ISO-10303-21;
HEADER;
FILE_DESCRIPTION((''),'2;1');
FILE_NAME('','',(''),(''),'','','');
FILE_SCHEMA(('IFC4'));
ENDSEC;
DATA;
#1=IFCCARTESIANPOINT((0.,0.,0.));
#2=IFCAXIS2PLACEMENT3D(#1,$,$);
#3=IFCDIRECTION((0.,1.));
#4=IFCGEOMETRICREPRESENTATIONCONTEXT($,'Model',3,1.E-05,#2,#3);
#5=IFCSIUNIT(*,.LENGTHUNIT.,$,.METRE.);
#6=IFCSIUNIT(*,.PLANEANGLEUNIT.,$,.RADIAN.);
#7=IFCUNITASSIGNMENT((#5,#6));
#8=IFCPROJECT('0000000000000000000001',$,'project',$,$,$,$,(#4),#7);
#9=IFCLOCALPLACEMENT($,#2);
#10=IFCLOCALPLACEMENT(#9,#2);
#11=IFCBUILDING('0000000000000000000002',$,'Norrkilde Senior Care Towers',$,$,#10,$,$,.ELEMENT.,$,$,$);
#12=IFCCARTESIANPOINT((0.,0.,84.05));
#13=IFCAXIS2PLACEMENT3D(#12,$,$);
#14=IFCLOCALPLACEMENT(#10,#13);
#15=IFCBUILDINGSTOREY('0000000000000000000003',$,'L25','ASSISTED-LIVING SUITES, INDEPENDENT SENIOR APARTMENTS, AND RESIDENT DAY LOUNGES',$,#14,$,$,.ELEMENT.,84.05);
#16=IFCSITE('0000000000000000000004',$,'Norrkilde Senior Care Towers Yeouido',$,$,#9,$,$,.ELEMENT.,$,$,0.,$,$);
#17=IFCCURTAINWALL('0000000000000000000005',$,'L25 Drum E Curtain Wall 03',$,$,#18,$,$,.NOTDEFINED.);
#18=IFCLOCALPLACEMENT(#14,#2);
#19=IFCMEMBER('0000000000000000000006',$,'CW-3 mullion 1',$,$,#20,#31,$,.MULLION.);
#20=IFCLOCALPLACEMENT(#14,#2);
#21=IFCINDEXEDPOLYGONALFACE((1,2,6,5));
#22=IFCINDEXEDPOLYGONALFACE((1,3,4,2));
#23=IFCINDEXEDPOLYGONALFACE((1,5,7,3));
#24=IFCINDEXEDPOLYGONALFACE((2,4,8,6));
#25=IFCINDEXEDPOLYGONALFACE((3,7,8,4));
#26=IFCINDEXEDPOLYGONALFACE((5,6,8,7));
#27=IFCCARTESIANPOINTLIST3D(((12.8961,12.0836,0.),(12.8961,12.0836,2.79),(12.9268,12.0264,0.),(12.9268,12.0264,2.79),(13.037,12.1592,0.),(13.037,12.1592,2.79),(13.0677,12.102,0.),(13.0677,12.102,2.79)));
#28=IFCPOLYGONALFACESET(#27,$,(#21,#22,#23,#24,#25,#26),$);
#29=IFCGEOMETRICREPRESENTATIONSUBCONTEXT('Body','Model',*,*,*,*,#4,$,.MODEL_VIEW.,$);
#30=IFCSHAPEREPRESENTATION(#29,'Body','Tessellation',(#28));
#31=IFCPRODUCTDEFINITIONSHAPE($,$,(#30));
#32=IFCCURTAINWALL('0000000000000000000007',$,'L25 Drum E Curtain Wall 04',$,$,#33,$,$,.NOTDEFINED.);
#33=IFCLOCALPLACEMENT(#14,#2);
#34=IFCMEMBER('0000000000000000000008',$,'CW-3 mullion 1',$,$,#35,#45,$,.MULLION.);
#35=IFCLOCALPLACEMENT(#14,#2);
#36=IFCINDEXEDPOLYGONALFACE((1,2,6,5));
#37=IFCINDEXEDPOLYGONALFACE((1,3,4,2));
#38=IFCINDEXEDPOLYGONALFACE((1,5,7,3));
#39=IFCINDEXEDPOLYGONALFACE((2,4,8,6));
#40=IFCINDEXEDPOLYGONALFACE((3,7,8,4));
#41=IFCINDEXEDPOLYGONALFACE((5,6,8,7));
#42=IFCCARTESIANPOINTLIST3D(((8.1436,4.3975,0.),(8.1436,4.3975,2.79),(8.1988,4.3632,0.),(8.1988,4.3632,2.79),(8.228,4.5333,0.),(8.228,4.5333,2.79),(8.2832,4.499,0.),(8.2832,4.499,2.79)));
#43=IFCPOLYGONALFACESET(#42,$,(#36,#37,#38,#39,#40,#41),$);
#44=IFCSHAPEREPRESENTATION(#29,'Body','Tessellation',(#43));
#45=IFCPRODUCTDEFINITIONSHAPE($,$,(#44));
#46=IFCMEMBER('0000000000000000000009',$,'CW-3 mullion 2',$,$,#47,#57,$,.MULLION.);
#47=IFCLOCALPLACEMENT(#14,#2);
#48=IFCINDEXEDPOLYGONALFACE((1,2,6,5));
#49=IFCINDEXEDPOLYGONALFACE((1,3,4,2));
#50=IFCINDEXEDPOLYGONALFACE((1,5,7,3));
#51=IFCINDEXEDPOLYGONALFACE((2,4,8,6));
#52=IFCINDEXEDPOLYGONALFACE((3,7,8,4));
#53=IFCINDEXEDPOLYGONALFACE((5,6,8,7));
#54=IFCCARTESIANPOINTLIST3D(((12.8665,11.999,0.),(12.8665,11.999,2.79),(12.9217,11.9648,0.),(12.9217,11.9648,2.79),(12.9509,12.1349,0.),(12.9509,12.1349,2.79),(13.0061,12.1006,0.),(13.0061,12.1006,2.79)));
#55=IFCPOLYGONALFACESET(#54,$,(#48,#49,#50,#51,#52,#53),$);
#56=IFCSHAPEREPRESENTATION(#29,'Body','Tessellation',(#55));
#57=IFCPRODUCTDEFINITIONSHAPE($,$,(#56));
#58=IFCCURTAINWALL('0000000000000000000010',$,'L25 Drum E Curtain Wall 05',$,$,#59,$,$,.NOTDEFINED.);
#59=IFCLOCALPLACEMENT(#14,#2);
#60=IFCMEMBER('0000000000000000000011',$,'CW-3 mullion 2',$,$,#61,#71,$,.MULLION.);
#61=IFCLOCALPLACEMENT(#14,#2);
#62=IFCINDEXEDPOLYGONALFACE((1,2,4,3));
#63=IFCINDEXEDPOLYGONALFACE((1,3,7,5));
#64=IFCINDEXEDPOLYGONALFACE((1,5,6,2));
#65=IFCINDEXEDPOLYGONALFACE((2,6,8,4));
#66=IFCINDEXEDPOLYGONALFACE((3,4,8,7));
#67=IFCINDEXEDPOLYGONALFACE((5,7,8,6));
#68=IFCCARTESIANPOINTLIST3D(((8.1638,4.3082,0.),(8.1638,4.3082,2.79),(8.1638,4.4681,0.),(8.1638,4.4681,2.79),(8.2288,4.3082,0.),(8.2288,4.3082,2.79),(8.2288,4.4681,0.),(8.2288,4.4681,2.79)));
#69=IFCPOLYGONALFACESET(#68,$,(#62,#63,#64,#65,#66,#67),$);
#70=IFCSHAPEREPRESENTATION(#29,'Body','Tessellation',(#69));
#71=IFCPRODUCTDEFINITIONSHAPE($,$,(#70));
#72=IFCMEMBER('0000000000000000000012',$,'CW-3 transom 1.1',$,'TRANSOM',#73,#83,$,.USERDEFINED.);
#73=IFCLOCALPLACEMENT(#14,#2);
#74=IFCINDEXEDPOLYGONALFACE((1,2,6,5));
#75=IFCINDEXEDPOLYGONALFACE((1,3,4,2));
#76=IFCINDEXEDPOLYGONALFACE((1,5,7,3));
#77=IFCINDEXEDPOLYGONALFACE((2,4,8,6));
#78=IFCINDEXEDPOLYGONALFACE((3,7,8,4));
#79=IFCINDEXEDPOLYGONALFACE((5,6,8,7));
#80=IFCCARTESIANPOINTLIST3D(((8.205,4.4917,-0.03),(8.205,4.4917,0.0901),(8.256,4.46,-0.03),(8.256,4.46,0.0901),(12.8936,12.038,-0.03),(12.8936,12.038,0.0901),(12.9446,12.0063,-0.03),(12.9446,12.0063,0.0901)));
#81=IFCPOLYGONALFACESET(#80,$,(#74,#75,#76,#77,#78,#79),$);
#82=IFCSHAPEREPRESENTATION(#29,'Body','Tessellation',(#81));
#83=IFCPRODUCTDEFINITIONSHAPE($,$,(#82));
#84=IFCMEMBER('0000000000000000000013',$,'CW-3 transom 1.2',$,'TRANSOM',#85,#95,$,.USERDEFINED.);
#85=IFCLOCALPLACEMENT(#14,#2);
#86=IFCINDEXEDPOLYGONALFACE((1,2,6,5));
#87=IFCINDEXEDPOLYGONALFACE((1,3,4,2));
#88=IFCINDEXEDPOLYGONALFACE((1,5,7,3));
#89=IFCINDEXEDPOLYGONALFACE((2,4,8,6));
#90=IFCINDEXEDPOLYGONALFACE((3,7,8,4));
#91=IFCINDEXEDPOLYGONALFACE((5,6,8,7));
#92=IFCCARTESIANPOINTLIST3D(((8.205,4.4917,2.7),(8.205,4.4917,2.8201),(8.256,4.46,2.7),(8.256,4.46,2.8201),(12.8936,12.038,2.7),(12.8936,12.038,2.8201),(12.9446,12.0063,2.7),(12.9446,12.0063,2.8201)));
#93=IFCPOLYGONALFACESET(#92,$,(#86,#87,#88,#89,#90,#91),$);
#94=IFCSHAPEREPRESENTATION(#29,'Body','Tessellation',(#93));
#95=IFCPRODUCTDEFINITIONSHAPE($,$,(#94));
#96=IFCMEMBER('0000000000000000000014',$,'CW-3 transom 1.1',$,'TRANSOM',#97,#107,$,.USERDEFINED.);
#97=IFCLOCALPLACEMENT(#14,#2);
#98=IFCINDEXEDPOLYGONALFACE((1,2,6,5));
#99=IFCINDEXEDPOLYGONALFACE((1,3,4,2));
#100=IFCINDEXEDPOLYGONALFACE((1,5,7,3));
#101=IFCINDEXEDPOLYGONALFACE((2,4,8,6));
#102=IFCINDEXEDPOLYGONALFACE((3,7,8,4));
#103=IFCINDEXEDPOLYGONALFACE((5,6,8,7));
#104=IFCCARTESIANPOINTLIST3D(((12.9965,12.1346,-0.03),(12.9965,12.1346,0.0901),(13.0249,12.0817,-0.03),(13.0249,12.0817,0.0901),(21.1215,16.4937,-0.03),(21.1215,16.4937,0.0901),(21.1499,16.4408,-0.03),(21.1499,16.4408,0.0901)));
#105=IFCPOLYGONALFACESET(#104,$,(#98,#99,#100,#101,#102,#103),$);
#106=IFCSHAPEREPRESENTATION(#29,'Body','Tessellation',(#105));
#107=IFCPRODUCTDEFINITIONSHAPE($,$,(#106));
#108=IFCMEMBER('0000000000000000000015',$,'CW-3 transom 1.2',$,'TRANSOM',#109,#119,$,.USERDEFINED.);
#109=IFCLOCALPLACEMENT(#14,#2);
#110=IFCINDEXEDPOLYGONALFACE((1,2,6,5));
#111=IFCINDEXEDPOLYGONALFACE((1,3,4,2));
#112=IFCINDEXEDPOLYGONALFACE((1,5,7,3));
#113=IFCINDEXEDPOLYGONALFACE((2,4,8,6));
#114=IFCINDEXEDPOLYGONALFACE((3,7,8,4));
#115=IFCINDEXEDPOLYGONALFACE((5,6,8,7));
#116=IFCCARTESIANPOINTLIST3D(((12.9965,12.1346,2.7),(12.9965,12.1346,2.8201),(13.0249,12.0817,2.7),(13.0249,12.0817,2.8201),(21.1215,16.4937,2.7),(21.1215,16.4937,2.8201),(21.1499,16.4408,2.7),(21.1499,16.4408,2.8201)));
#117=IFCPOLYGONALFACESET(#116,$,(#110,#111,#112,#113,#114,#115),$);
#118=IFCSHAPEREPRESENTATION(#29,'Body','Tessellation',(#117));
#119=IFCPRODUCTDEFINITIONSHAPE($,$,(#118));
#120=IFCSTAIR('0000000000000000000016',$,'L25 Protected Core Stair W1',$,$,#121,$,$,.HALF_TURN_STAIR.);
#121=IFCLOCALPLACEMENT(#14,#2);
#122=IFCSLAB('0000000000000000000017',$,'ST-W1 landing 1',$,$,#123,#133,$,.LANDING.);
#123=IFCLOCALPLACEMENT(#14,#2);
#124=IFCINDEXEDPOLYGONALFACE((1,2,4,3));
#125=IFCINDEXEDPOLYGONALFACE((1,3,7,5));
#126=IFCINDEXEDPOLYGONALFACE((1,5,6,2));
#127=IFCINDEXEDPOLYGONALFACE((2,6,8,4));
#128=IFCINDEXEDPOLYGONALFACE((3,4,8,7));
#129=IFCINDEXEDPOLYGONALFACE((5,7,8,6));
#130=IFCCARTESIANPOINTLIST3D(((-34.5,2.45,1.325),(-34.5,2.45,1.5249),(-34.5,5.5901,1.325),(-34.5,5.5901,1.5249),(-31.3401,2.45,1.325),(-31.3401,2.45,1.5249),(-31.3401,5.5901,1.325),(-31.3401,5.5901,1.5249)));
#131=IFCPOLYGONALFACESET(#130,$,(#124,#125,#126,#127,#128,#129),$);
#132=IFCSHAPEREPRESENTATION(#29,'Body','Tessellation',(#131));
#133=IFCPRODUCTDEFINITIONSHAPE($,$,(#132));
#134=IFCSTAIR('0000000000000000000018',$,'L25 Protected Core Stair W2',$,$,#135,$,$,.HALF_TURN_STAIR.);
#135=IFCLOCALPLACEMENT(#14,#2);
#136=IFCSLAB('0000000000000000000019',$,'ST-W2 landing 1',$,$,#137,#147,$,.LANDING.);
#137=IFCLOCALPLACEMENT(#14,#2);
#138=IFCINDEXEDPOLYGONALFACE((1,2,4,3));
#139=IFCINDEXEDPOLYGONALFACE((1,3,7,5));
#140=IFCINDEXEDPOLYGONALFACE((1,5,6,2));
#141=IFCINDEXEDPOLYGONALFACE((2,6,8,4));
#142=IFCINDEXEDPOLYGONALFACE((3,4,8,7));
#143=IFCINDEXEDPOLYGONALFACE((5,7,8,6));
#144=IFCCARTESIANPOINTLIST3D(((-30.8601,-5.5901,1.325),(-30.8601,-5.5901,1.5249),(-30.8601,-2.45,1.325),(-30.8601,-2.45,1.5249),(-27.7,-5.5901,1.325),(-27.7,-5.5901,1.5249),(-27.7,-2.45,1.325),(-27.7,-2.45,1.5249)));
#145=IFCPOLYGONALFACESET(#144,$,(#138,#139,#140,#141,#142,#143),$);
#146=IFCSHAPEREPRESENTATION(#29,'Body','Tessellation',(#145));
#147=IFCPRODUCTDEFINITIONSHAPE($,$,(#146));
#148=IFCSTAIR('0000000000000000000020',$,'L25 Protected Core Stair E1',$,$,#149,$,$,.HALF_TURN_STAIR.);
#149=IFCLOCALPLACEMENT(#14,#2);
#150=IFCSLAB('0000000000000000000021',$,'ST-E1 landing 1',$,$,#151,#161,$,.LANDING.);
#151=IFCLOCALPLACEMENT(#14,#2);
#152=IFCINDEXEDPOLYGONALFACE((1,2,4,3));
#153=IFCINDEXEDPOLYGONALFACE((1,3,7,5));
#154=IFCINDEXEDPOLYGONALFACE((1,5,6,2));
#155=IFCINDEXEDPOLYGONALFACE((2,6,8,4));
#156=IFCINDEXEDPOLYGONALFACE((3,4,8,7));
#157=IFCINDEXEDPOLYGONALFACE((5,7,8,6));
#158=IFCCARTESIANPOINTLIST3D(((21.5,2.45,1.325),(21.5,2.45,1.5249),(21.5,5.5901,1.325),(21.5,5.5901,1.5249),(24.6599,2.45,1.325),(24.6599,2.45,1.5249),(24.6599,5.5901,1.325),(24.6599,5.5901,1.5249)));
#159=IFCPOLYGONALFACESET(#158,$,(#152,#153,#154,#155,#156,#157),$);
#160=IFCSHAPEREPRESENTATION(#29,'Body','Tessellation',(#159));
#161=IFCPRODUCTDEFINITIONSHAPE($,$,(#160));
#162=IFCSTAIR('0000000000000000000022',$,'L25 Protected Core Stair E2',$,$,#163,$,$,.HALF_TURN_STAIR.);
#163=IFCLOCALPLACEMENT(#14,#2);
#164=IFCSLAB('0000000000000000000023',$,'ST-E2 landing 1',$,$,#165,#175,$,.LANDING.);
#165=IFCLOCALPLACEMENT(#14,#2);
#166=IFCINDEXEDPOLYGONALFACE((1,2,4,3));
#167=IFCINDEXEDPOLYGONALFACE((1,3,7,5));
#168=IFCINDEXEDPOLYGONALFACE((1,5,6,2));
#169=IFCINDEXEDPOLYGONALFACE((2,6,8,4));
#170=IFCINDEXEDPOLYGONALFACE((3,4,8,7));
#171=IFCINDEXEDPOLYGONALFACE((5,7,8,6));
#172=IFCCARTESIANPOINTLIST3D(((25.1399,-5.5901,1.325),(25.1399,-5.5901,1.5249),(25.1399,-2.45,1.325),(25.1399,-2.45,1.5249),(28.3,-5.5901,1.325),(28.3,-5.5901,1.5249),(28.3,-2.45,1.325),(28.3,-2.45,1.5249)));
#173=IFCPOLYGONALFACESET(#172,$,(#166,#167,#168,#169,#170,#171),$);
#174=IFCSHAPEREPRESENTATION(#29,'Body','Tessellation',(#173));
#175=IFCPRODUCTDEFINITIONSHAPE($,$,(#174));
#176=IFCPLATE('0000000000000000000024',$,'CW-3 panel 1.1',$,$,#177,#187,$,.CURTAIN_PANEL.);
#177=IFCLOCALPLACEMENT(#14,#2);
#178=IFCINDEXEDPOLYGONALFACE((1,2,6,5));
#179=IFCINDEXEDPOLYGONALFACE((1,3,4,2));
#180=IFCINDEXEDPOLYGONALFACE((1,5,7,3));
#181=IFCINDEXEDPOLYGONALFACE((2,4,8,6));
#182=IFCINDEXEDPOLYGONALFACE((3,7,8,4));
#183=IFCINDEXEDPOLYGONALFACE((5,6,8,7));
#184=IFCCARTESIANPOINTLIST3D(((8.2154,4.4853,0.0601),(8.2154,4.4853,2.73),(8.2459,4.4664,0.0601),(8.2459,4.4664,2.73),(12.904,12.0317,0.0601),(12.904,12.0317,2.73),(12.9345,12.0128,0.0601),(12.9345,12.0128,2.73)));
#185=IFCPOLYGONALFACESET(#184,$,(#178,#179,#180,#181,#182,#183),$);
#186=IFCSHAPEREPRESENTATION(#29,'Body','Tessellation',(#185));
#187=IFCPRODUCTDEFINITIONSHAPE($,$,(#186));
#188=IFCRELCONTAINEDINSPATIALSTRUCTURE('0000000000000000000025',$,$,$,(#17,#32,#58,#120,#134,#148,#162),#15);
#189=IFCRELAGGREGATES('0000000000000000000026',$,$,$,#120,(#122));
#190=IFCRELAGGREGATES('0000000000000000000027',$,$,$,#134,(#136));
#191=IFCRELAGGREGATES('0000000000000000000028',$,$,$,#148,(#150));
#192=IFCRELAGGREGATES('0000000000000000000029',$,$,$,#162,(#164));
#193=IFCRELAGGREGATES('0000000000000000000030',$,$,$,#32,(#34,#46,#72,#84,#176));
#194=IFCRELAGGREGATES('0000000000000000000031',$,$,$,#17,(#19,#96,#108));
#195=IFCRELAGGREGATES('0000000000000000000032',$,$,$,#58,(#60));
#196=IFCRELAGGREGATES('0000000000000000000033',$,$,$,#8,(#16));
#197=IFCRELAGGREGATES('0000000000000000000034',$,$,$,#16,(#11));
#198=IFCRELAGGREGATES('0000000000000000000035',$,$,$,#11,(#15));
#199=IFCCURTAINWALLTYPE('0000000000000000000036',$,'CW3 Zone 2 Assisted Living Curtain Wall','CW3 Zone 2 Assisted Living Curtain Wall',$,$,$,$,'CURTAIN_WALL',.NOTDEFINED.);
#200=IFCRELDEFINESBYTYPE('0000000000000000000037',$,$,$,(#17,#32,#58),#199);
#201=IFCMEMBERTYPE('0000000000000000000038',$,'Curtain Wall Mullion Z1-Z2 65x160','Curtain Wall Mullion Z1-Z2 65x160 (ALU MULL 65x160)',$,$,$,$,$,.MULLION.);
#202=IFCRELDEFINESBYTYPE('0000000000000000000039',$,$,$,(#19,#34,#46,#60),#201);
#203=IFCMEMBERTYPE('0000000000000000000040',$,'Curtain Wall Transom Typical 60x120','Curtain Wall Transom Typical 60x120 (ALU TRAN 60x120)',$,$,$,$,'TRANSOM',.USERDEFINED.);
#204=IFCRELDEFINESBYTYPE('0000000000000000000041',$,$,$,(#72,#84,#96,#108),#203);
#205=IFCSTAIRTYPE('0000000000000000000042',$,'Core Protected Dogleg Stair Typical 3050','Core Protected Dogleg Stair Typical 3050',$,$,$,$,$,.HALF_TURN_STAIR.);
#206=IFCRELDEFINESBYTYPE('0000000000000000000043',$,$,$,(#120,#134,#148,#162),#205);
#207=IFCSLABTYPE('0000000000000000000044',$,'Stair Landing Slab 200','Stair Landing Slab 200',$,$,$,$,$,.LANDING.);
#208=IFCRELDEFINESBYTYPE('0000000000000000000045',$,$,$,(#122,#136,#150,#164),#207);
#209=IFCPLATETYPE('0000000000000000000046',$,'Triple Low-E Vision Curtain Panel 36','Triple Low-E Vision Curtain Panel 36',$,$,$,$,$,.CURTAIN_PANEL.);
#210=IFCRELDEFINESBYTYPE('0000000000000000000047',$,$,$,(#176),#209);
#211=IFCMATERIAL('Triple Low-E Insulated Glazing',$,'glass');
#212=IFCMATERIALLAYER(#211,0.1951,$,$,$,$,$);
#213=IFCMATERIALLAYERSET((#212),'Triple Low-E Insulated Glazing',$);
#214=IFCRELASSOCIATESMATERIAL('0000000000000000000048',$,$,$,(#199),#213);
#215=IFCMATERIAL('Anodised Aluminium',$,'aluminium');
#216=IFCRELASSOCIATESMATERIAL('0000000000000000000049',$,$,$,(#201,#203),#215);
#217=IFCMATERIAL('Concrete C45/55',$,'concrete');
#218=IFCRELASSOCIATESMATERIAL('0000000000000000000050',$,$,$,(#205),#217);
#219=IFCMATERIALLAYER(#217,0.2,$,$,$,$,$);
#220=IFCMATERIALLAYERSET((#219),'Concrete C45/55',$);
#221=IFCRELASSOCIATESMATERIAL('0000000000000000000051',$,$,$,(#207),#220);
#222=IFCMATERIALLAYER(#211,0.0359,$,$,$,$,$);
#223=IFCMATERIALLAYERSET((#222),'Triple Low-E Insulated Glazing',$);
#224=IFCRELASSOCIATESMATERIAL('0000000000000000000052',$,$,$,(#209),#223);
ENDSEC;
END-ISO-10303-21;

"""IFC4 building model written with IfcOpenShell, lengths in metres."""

from ifc_helpers import new_model, si_unit, direction, frame, origin, origin_2d, place, context, subcontext, project, spatial, polyline, rectangle, outline, extrude, source, transform, mapped, material, layer, layer_set, material_profile, profile_set, type_object, type_shapes, element, aggregate, save


model = new_model("IFC4")

# Units and contexts
model_context = context("Model", 3, precision=1e-05, world=origin(), true_north=direction((0.0, 1.0)))
body_context = subcontext(model_context, "Body", "Model", "MODEL_VIEW")
ifc_project = project(units=[si_unit("LENGTHUNIT", "METRE"), si_unit("PLANEANGLEUNIT", "RADIAN")], contexts=[model_context])

# Site, building, storey
site_placement = place(None, origin())
site = spatial("IfcSite", under=ifc_project, at=site_placement, Name="Norrkilde Senior Care Towers Yeouido", CompositionType="ELEMENT", RefElevation=0.0)
building_placement = place(site_placement, origin())
building = spatial("IfcBuilding", under=site, at=building_placement, Name="Norrkilde Senior Care Towers", CompositionType="ELEMENT")
storey_placement = place(building_placement, frame((0.0, 0.0, 84.05)))
storey = spatial("IfcBuildingStorey", under=building, at=storey_placement, Name="L25", Description="ASSISTED-LIVING SUITES, INDEPENDENT SENIOR APARTMENTS, AND RESIDENT DAY LOUNGES", CompositionType="ELEMENT", Elevation=84.05)

# Curtain wall, member
ifc_material_1 = material(Name="Triple Low-E Insulated Glazing", Category="glass")
ifc_layer_1 = layer(ifc_material_1, 0.1951)
ifc_layer_set_1 = layer_set([ifc_layer_1], Name="Triple Low-E Insulated Glazing")
curtain_wall_type = type_object("IfcCurtainWallType", Name="CW3 Zone 2 Assisted Living Curtain Wall", Description="CW3 Zone 2 Assisted Living Curtain Wall", ElementType="CURTAIN_WALL", PredefinedType="NOTDEFINED", material=ifc_layer_set_1)
curtain_wall_1_placement = place(storey_placement, origin())
curtain_wall_1 = element("IfcCurtainWall", 1, at=curtain_wall_1_placement, inside=storey, type_object=curtain_wall_type, Name="L25 Drum E Curtain Wall 03", PredefinedType="NOTDEFINED")
ifc_material_2 = material(Name="Anodised Aluminium", Category="aluminium")
ifc_material_profile_1 = material_profile(ifc_material_2, rectangle(XDim=0.0649, YDim=0.1599, at=origin_2d()), Name="ALU MULL 65x160")
ifc_profile_set_1 = profile_set([ifc_material_profile_1], Name="Anodised Aluminium")
member_type_1 = type_object("IfcMemberType", Name="Curtain Wall Mullion Z1-Z2 65x160", Description="Curtain Wall Mullion Z1-Z2 65x160 (ALU MULL 65x160)", PredefinedType="MULLION", material=ifc_profile_set_1)
shared_shape_1 = source(origin(), body_context, "Body", "SweptSolid", [
    extrude(rectangle(XDim=0.0649, YDim=0.1599, at=origin_2d()), origin(), (0.0, 0.0, 1.0), 2.79),
])
type_shapes(member_type_1, [shared_shape_1])
member_1_placement = place(storey_placement, frame((12.9819, 12.0928, 0.0), z_axis=(0.0, 0.0, 1.0), x_axis=(-0.472769, 0.881186, 0.0)))
member_1 = element("IfcMember", 2, at=member_1_placement, type_object=member_type_1, Name="CW-3 mullion 1", PredefinedType="MULLION", context=body_context, shape_type="MappedRepresentation", body=[
    mapped(shared_shape_1, transform((0.0, 0.0, 0.0), x_axis=(1.0, 0.0, 0.0), y_axis=(0.0, 1.0, 0.0), z_axis=(0.0, 0.0, 1.0), scale=1.0)),
])

# Curtain wall, members
curtain_wall_2_placement = place(storey_placement, origin())
curtain_wall_2 = element("IfcCurtainWall", 3, at=curtain_wall_2_placement, inside=storey, type_object=curtain_wall_type, Name="L25 Drum E Curtain Wall 04", PredefinedType="NOTDEFINED")
member_2_placement = place(storey_placement, frame((8.2134, 4.4482, 0.0), z_axis=(0.0, 0.0, 1.0), x_axis=(-0.84941, 0.527733, 0.0)))
member_2 = element("IfcMember", 4, at=member_2_placement, type_object=member_type_1, Name="CW-3 mullion 1", PredefinedType="MULLION", context=body_context, shape_type="MappedRepresentation", body=[
    mapped(shared_shape_1, transform((0.0, 0.0, 0.0), x_axis=(1.0, 0.0, 0.0), y_axis=(0.0, 1.0, 0.0), z_axis=(0.0, 0.0, 1.0), scale=1.0)),
])
member_3_placement = place(storey_placement, frame((12.9363, 12.0498, 0.0), z_axis=(0.0, 0.0, 1.0), x_axis=(-0.84941, 0.527733, 0.0)))
member_3 = element("IfcMember", 5, at=member_3_placement, type_object=member_type_1, Name="CW-3 mullion 2", PredefinedType="MULLION", context=body_context, shape_type="MappedRepresentation", body=[
    mapped(shared_shape_1, transform((0.0, 0.0, 0.0), x_axis=(1.0, 0.0, 0.0), y_axis=(0.0, 1.0, 0.0), z_axis=(0.0, 0.0, 1.0), scale=1.0)),
])

# Curtain wall, member
curtain_wall_3_placement = place(storey_placement, origin())
curtain_wall_3 = element("IfcCurtainWall", 6, at=curtain_wall_3_placement, inside=storey, type_object=curtain_wall_type, Name="L25 Drum E Curtain Wall 05", PredefinedType="NOTDEFINED")
member_4_placement = place(storey_placement, frame((8.1963, 4.3882, 0.0), z_axis=(0.0, 0.0, 1.0), x_axis=(-1.0, 0.0, 0.0)))
member_4 = element("IfcMember", 7, at=member_4_placement, type_object=member_type_1, Name="CW-3 mullion 2", PredefinedType="MULLION", context=body_context, shape_type="MappedRepresentation", body=[
    mapped(shared_shape_1, transform((0.0, 0.0, 0.0), x_axis=(1.0, 0.0, 0.0), y_axis=(0.0, 1.0, 0.0), z_axis=(0.0, 0.0, 1.0), scale=1.0)),
])

# Members
ifc_material_profile_2 = material_profile(ifc_material_2, rectangle(XDim=0.0601, YDim=0.1201, at=origin_2d()), Name="ALU TRAN 60x120")
ifc_profile_set_2 = profile_set([ifc_material_profile_2], Name="Anodised Aluminium")
member_type_2 = type_object("IfcMemberType", Name="Curtain Wall Transom Typical 60x120", Description="Curtain Wall Transom Typical 60x120 (ALU TRAN 60x120)", ElementType="TRANSOM", PredefinedType="USERDEFINED", material=ifc_profile_set_2)
shared_shape_2 = source(origin(), body_context, "Body", "SweptSolid", [
    extrude(rectangle(XDim=0.0601, YDim=0.1201, at=origin_2d()), origin(), (0.0, 0.0, 1.0), 8.8843),
])
member_5_placement = place(storey_placement, frame((8.2305, 4.4758, 0.03), z_axis=(0.527749, 0.8494, 0.0), x_axis=(-0.8494, 0.527749, 0.0)))
member_5 = element("IfcMember", 8, at=member_5_placement, type_object=member_type_2, Name="CW-3 transom 1.1", ObjectType="TRANSOM", PredefinedType="USERDEFINED", context=body_context, shape_type="MappedRepresentation", body=[
    mapped(shared_shape_2, transform((0.0, 0.0, 0.0), x_axis=(1.0, 0.0, 0.0), y_axis=(0.0, 1.0, 0.0), z_axis=(0.0, 0.0, 1.0), scale=1.0)),
])
member_6_placement = place(storey_placement, frame((8.2305, 4.4758, 2.76), z_axis=(0.527749, 0.8494, 0.0), x_axis=(-0.8494, 0.527749, 0.0)))
member_6 = element("IfcMember", 9, at=member_6_placement, type_object=member_type_2, Name="CW-3 transom 1.2", ObjectType="TRANSOM", PredefinedType="USERDEFINED", context=body_context, shape_type="MappedRepresentation", body=[
    mapped(shared_shape_2, transform((0.0, 0.0, 0.0), x_axis=(1.0, 0.0, 0.0), y_axis=(0.0, 1.0, 0.0), z_axis=(0.0, 0.0, 1.0), scale=1.0)),
])
shared_shape_3 = source(origin(), body_context, "Body", "SweptSolid", [
    extrude(rectangle(XDim=0.0601, YDim=0.1201, at=origin_2d()), origin(), (0.0, 0.0, 1.0), 9.2205),
])
type_shapes(member_type_2, [shared_shape_2, shared_shape_3])
member_7_placement = place(storey_placement, frame((13.0107, 12.1082, 0.03), z_axis=(0.881189, 0.472765, 0.0), x_axis=(-0.472765, 0.881189, 0.0)))
member_7 = element("IfcMember", 10, at=member_7_placement, type_object=member_type_2, Name="CW-3 transom 1.1", ObjectType="TRANSOM", PredefinedType="USERDEFINED", context=body_context, shape_type="MappedRepresentation", body=[
    mapped(shared_shape_3, transform((0.0, 0.0, 0.0), x_axis=(1.0, 0.0, 0.0), y_axis=(0.0, 1.0, 0.0), z_axis=(0.0, 0.0, 1.0), scale=1.0)),
])
member_8_placement = place(storey_placement, frame((13.0107, 12.1082, 2.76), z_axis=(0.881189, 0.472765, 0.0), x_axis=(-0.472765, 0.881189, 0.0)))
member_8 = element("IfcMember", 11, at=member_8_placement, type_object=member_type_2, Name="CW-3 transom 1.2", ObjectType="TRANSOM", PredefinedType="USERDEFINED", context=body_context, shape_type="MappedRepresentation", body=[
    mapped(shared_shape_3, transform((0.0, 0.0, 0.0), x_axis=(1.0, 0.0, 0.0), y_axis=(0.0, 1.0, 0.0), z_axis=(0.0, 0.0, 1.0), scale=1.0)),
])

# Stairs, slabs
ifc_material_3 = material(Name="Concrete C45/55", Category="concrete")
stair_type = type_object("IfcStairType", Name="Core Protected Dogleg Stair Typical 3050", Description="Core Protected Dogleg Stair Typical 3050", PredefinedType="HALF_TURN_STAIR", material=ifc_material_3)
stair_1_placement = place(storey_placement, origin())
stair_1 = element("IfcStair", 12, at=stair_1_placement, inside=storey, type_object=stair_type, Name="L25 Protected Core Stair W1", PredefinedType="HALF_TURN_STAIR")
ifc_layer_2 = layer(ifc_material_3, 0.2)
ifc_layer_set_2 = layer_set([ifc_layer_2], Name="Concrete C45/55")
slab_type = type_object("IfcSlabType", Name="Stair Landing Slab 200", Description="Stair Landing Slab 200", PredefinedType="LANDING", material=ifc_layer_set_2)
slab_1_placement = place(storey_placement, frame((0.0, 0.0, 1.325)))
slab_1 = element("IfcSlab", 13, at=slab_1_placement, type_object=slab_type, Name="ST-W1 landing 1", PredefinedType="LANDING", context=body_context, shape_type="SweptSolid", body=[
    extrude(outline(polyline([(-31.3401, 5.5901), (-34.5, 5.5901), (-34.5, 2.45), (-31.3401, 2.45), (-31.3401, 5.5901)])), origin(), (0.0, 0.0, 1.0), 0.2),
])
aggregate(stair_1, [slab_1])
stair_2_placement = place(storey_placement, origin())
stair_2 = element("IfcStair", 14, at=stair_2_placement, inside=storey, type_object=stair_type, Name="L25 Protected Core Stair W2", PredefinedType="HALF_TURN_STAIR")
slab_2_placement = place(storey_placement, frame((0.0, 0.0, 1.325)))
slab_2 = element("IfcSlab", 15, at=slab_2_placement, type_object=slab_type, Name="ST-W2 landing 1", PredefinedType="LANDING", context=body_context, shape_type="SweptSolid", body=[
    extrude(outline(polyline([(-30.8601, -5.5901), (-27.7, -5.5901), (-27.7, -2.45), (-30.8601, -2.45), (-30.8601, -5.5901)])), origin(), (0.0, 0.0, 1.0), 0.2),
])
aggregate(stair_2, [slab_2])
stair_3_placement = place(storey_placement, origin())
stair_3 = element("IfcStair", 16, at=stair_3_placement, inside=storey, type_object=stair_type, Name="L25 Protected Core Stair E1", PredefinedType="HALF_TURN_STAIR")
slab_3_placement = place(storey_placement, frame((0.0, 0.0, 1.325)))
slab_3 = element("IfcSlab", 17, at=slab_3_placement, type_object=slab_type, Name="ST-E1 landing 1", PredefinedType="LANDING", context=body_context, shape_type="SweptSolid", body=[
    extrude(outline(polyline([(24.6599, 5.5901), (21.5, 5.5901), (21.5, 2.45), (24.6599, 2.45), (24.6599, 5.5901)])), origin(), (0.0, 0.0, 1.0), 0.2),
])
aggregate(stair_3, [slab_3])
stair_4_placement = place(storey_placement, origin())
stair_4 = element("IfcStair", 18, at=stair_4_placement, inside=storey, type_object=stair_type, Name="L25 Protected Core Stair E2", PredefinedType="HALF_TURN_STAIR")
slab_4_placement = place(storey_placement, frame((0.0, 0.0, 1.325)))
slab_4 = element("IfcSlab", 19, at=slab_4_placement, type_object=slab_type, Name="ST-E2 landing 1", PredefinedType="LANDING", context=body_context, shape_type="SweptSolid", body=[
    extrude(outline(polyline([(25.1399, -5.5901), (28.3, -5.5901), (28.3, -2.45), (25.1399, -2.45), (25.1399, -5.5901)])), origin(), (0.0, 0.0, 1.0), 0.2),
])
aggregate(stair_4, [slab_4])

# Plate
ifc_layer_3 = layer(ifc_material_1, 0.0359)
ifc_layer_set_3 = layer_set([ifc_layer_3], Name="Triple Low-E Insulated Glazing")
plate_type = type_object("IfcPlateType", Name="Triple Low-E Vision Curtain Panel 36", Description="Triple Low-E Vision Curtain Panel 36", PredefinedType="CURTAIN_PANEL", material=ifc_layer_set_3)
shared_shape_4 = source(origin(), body_context, "Body", "SweptSolid", [
    extrude(rectangle(XDim=8.8843, YDim=0.0359, at=origin_2d()), origin(), (0.0, 0.0, 1.0), 2.6699),
])
plate_1_placement = place(storey_placement, frame((10.575, 8.249, 0.0601), z_axis=(0.0, 0.0, 1.0), x_axis=(0.527733, 0.84941, 0.0)))
plate_1 = element("IfcPlate", 20, at=plate_1_placement, type_object=plate_type, Name="CW-3 panel 1.1", PredefinedType="CURTAIN_PANEL", context=body_context, shape_type="MappedRepresentation", body=[
    mapped(shared_shape_4, transform((0.0, 0.0, 0.0), x_axis=(1.0, 0.0, 0.0), y_axis=(0.0, 1.0, 0.0), z_axis=(0.0, 0.0, 1.0), scale=1.0)),
])
aggregate(curtain_wall_2, [member_2, member_3, member_5, member_6, plate_1])
aggregate(curtain_wall_1, [member_1, member_7, member_8])
aggregate(curtain_wall_3, [member_4])

save(model, "model.ifc")
